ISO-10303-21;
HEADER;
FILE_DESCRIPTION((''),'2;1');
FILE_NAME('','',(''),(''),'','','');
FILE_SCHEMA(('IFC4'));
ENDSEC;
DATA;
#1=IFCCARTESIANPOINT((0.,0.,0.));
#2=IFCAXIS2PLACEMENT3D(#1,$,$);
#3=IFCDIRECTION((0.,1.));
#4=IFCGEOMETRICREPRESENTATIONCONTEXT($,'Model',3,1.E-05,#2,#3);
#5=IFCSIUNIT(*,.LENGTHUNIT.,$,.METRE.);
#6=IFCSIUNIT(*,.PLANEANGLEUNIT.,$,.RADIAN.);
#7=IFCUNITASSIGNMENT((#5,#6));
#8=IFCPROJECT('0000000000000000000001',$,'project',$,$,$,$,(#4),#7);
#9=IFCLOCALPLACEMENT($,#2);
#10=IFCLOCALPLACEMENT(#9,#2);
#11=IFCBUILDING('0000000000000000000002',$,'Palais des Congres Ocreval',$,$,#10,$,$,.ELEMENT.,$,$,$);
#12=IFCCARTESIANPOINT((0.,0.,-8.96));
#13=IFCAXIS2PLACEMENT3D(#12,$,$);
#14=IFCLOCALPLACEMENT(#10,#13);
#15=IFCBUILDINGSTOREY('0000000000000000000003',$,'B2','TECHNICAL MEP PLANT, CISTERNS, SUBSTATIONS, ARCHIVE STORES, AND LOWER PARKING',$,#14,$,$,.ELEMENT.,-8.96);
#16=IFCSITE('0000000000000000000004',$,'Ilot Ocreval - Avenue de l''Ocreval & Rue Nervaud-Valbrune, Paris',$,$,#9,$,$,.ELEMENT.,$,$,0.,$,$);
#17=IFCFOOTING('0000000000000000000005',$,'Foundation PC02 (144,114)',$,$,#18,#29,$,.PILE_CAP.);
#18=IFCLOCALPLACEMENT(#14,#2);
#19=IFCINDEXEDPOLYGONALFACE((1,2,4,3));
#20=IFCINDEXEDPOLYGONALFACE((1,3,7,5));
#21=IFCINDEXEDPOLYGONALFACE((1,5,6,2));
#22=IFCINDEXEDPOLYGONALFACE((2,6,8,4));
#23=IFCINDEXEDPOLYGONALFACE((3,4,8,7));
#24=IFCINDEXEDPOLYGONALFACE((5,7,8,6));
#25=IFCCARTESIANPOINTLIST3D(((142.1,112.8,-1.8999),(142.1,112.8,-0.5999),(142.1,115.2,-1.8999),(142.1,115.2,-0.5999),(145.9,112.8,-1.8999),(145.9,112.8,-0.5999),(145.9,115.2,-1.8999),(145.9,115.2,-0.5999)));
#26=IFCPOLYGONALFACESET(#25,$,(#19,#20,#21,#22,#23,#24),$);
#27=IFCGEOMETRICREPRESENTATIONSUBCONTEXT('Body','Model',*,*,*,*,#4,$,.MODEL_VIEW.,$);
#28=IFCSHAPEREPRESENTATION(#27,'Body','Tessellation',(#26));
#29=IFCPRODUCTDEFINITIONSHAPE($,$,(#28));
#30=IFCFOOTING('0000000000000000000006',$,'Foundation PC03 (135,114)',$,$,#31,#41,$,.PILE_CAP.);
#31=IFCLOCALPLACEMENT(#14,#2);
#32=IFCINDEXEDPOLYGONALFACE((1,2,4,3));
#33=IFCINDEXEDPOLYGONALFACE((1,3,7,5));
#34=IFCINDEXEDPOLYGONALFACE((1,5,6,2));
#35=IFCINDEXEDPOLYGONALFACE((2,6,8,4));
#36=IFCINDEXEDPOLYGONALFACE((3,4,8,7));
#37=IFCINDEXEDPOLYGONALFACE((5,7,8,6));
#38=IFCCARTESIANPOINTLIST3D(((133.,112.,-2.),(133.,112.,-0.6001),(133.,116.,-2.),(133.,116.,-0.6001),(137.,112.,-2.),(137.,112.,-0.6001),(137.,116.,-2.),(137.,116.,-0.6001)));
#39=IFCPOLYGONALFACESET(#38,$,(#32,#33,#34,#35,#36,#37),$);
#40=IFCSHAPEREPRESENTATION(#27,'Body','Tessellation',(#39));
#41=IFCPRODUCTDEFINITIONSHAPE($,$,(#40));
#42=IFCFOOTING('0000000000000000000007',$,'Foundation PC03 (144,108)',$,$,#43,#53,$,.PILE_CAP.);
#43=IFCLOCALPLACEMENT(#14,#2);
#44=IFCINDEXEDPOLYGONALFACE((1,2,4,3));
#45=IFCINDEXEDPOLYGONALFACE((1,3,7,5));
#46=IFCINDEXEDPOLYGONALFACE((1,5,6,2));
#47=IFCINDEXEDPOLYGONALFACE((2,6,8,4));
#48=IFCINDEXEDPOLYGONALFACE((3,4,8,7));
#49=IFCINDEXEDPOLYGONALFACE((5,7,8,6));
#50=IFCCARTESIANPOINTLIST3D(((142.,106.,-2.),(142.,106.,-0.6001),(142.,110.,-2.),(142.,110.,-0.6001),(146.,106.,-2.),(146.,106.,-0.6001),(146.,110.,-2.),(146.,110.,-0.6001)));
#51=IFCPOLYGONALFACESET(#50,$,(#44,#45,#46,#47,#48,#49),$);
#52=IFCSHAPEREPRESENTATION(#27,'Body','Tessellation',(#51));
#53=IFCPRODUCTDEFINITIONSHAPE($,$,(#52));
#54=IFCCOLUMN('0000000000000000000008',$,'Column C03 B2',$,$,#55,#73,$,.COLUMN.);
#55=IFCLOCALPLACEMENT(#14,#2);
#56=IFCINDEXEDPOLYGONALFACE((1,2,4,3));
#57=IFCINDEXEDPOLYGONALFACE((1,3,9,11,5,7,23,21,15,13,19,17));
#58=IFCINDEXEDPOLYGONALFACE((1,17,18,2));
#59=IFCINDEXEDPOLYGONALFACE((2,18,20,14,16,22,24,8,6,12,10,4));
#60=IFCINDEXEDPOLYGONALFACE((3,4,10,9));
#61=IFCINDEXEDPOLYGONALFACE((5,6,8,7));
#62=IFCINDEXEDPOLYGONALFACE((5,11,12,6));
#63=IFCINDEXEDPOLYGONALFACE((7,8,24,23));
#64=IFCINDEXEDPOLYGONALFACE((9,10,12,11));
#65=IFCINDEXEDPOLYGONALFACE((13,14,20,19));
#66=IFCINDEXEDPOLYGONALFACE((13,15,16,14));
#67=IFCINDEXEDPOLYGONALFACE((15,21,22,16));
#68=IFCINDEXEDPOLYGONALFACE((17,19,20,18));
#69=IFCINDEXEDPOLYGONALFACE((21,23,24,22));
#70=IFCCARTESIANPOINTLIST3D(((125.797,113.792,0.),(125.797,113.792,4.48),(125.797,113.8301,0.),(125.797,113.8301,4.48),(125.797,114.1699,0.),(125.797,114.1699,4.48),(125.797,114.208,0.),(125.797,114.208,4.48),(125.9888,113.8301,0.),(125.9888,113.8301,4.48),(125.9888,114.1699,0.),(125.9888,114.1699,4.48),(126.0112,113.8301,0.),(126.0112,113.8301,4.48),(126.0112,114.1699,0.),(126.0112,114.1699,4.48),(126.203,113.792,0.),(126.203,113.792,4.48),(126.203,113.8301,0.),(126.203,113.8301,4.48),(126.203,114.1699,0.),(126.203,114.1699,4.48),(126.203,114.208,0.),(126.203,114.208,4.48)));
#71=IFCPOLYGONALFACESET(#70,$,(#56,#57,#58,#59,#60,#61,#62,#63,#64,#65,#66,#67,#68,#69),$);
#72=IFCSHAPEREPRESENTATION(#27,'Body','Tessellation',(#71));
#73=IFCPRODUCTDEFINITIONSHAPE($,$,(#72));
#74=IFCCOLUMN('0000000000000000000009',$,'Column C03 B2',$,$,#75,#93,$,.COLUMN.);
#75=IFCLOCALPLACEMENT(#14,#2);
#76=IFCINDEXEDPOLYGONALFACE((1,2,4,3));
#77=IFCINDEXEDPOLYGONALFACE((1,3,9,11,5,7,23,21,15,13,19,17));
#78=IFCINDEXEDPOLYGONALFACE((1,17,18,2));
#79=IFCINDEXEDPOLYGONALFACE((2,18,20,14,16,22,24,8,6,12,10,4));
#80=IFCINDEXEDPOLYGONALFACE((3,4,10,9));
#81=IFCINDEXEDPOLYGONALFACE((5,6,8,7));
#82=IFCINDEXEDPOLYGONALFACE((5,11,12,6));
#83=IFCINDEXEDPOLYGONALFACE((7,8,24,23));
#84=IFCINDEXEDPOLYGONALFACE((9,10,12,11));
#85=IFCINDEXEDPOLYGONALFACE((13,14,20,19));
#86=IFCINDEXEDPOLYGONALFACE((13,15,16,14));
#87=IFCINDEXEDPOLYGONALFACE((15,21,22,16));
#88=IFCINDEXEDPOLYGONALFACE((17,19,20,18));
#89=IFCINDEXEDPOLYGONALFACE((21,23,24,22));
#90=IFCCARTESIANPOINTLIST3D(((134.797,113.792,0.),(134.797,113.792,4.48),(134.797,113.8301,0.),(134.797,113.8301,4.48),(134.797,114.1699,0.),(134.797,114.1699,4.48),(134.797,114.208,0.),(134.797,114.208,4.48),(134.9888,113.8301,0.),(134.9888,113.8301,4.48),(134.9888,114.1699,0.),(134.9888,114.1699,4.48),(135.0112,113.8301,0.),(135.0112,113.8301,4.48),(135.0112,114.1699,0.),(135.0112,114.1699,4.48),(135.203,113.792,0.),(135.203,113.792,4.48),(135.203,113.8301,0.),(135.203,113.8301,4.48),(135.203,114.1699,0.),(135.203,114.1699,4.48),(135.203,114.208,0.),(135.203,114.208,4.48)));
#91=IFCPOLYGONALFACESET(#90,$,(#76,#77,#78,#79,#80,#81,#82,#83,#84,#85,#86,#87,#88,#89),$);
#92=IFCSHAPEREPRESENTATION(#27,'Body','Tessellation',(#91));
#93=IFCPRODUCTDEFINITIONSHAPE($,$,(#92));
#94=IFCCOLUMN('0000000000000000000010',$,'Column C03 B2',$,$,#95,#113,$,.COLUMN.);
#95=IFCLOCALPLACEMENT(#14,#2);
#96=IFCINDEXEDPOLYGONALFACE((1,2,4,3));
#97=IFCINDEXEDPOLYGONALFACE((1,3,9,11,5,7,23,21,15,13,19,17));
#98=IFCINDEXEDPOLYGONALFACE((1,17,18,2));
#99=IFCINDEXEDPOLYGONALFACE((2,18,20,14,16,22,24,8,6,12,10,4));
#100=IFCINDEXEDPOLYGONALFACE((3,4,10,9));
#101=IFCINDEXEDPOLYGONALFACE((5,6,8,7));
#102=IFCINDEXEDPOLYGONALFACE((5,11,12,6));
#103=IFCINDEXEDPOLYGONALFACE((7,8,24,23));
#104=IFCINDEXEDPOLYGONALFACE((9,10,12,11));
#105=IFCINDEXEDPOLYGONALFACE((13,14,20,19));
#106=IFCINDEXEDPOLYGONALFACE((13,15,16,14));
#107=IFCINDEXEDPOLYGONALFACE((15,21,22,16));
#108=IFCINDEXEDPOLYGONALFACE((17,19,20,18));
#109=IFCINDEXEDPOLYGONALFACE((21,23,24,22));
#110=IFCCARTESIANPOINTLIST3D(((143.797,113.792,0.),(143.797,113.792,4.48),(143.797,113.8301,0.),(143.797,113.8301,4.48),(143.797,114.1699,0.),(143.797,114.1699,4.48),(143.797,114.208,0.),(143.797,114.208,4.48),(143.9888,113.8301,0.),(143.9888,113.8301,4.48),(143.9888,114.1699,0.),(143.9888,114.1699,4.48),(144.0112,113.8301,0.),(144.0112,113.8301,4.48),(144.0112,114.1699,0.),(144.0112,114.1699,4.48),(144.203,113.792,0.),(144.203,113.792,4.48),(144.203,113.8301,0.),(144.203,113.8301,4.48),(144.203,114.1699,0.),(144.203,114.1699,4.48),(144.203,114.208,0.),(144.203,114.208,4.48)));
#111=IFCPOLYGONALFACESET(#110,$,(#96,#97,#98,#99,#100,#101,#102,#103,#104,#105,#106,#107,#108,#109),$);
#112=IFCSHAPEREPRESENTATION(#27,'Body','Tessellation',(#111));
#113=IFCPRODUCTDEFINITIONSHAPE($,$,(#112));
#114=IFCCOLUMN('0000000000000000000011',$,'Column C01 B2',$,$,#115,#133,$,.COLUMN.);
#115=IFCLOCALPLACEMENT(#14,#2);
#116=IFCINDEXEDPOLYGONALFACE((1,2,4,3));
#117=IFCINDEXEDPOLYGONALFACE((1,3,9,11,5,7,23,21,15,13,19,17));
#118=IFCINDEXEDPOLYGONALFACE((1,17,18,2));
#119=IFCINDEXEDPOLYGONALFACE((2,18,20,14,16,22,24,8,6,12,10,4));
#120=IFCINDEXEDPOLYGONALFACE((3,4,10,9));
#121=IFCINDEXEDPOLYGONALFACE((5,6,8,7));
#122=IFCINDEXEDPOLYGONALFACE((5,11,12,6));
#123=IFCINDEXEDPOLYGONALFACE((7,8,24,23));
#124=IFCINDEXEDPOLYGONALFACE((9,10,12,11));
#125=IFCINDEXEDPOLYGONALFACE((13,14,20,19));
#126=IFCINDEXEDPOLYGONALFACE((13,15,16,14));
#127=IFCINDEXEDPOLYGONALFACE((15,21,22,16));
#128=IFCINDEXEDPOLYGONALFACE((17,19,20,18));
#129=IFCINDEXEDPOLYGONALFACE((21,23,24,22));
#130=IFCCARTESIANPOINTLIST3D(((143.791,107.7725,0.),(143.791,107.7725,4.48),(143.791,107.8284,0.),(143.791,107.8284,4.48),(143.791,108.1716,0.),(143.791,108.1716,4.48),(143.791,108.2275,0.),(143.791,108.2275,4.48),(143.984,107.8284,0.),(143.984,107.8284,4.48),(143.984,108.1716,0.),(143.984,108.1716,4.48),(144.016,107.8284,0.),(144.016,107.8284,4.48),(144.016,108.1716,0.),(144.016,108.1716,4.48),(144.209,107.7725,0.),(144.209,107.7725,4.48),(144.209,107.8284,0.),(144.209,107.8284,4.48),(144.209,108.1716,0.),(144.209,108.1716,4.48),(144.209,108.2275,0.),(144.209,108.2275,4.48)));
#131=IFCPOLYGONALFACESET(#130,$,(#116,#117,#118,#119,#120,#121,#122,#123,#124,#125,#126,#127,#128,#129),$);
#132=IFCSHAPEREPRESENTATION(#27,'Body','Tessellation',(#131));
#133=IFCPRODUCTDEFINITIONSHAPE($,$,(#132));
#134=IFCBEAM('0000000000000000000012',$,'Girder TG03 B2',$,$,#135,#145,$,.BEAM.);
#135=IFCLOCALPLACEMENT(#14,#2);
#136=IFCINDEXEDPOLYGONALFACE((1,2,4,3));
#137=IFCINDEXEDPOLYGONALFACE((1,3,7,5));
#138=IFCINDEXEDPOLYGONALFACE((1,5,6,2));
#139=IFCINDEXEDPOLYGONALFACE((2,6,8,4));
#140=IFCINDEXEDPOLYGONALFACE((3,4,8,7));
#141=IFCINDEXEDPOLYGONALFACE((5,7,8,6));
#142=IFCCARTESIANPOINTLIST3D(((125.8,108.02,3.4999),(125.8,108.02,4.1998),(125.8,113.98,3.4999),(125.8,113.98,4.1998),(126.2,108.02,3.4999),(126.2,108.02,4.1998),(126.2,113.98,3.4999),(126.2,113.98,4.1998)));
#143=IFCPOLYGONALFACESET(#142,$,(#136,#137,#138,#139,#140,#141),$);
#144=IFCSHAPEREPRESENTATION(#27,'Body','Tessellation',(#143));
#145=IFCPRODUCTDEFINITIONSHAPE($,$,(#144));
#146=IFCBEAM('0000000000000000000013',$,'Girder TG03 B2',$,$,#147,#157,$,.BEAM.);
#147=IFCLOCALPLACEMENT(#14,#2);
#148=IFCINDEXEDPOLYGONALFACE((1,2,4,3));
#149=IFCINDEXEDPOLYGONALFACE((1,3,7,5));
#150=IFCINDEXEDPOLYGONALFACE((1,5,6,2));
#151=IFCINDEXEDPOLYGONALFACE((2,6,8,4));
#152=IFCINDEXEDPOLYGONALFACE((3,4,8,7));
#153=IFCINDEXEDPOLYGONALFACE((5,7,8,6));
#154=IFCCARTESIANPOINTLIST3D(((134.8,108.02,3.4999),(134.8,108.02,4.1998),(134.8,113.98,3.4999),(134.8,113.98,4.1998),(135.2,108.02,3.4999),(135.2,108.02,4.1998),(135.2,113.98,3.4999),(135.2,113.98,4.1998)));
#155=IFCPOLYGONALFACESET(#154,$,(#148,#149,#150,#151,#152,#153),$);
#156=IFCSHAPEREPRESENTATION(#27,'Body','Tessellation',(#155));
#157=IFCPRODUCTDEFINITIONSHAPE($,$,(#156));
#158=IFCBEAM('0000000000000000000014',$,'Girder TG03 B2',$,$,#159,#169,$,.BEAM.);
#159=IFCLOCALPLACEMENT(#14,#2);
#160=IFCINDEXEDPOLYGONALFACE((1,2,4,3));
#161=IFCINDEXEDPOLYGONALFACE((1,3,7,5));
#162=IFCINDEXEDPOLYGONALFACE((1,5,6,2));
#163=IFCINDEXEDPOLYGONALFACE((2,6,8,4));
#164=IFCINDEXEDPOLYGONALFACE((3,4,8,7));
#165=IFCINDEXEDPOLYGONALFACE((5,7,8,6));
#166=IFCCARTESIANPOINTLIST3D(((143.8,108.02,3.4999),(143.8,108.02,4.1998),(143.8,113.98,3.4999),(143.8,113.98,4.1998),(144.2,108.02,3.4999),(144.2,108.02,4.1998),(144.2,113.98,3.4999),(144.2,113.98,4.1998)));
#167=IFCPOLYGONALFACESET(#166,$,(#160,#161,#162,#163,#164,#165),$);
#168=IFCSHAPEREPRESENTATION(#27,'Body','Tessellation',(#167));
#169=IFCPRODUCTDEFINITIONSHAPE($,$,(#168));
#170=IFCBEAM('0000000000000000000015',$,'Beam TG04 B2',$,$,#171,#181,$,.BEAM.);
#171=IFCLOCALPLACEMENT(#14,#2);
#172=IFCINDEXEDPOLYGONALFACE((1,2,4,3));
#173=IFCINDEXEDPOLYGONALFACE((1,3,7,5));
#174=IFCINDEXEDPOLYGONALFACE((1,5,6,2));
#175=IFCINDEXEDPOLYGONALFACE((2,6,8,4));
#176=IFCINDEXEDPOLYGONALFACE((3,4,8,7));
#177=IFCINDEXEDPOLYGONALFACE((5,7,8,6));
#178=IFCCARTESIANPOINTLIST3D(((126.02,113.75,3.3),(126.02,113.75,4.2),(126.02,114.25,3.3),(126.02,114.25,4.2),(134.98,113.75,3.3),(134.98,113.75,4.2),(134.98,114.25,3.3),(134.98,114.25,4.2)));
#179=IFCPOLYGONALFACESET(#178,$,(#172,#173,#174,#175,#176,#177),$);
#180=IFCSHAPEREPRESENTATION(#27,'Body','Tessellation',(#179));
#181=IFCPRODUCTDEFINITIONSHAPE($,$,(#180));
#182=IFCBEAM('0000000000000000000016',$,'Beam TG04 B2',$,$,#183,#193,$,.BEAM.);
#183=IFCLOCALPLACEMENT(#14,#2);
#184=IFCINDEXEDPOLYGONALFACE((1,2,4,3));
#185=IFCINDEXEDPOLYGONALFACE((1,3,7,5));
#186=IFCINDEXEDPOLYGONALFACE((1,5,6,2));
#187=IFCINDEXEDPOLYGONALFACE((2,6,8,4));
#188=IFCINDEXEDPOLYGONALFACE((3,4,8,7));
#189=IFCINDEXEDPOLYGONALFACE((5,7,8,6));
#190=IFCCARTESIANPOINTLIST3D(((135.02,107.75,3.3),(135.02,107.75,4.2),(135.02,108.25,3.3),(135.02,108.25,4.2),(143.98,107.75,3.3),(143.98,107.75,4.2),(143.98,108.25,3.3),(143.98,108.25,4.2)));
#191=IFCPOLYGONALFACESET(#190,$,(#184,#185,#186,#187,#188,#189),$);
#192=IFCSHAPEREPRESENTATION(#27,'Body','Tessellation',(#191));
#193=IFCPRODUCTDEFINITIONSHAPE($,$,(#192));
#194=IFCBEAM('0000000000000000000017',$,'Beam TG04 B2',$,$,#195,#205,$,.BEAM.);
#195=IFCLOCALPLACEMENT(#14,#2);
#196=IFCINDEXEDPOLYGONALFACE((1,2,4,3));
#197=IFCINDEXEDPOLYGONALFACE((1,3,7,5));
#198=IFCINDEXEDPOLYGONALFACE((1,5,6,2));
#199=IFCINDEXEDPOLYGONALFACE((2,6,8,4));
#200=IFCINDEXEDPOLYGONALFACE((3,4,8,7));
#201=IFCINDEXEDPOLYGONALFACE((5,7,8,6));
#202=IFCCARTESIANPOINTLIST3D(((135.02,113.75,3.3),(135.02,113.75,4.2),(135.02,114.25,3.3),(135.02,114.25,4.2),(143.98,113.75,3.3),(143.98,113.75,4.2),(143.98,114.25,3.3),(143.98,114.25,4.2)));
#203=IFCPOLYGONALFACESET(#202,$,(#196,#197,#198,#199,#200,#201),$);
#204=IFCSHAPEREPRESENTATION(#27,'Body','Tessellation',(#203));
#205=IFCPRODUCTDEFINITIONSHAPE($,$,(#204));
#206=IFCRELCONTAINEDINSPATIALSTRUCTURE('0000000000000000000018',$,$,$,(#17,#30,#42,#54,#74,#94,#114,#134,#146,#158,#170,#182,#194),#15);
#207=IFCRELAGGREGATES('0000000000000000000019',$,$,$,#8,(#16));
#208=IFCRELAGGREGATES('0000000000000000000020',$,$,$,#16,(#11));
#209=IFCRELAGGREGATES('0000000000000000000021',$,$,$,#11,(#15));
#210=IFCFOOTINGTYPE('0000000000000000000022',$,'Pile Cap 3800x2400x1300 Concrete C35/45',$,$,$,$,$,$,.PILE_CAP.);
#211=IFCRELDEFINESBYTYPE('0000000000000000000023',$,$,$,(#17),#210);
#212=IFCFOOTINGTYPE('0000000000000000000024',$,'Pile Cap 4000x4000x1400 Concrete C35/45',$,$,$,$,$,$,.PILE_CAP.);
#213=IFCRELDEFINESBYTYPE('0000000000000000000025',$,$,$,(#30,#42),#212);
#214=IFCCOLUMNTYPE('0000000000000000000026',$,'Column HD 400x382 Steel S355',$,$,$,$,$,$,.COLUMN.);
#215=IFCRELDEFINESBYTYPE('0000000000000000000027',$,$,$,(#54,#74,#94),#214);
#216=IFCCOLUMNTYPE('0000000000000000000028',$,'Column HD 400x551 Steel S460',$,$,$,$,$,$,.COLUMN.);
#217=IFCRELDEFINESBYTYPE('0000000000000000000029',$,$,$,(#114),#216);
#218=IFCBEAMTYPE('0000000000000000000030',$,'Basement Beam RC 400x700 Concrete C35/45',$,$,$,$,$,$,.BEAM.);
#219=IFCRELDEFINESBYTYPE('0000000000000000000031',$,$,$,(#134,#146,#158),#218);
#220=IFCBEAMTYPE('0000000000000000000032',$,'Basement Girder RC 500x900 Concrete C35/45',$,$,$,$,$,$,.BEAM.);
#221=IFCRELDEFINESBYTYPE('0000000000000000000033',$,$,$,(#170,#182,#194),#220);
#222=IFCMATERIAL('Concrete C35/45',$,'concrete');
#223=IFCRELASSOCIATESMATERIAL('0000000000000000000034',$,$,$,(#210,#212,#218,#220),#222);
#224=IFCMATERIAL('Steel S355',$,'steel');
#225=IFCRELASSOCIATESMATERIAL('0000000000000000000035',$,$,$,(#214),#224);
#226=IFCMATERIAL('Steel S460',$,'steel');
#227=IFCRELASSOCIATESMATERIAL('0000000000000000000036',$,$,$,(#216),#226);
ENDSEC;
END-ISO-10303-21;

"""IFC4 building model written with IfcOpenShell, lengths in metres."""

from ifc_helpers import new_model, si_unit, direction, frame, origin, origin_2d, place, context, subcontext, project, spatial, rectangle, i_section, extrude, material, material_profile, profile_set, type_object, element, save


model = new_model("IFC4")

# Units and contexts
model_context = context("Model", 3, precision=1e-05, world=origin(), true_north=direction((0.0, 1.0)))
body_context = subcontext(model_context, "Body", "Model", "MODEL_VIEW")
ifc_project = project(units=[si_unit("LENGTHUNIT", "METRE"), si_unit("PLANEANGLEUNIT", "RADIAN")], contexts=[model_context])

# Site, building, storey
site_placement = place(None, origin())
site = spatial("IfcSite", under=ifc_project, at=site_placement, Name="Ilot Ocreval - Avenue de l'Ocreval & Rue Nervaud-Valbrune, Paris", CompositionType="ELEMENT", RefElevation=0.0)
building_placement = place(site_placement, origin())
building = spatial("IfcBuilding", under=site, at=building_placement, Name="Palais des Congres Ocreval", CompositionType="ELEMENT")
storey_placement = place(building_placement, frame((0.0, 0.0, -8.96)))
storey = spatial("IfcBuildingStorey", under=building, at=storey_placement, Name="B2", Description="TECHNICAL MEP PLANT, CISTERNS, SUBSTATIONS, ARCHIVE STORES, AND LOWER PARKING", CompositionType="ELEMENT", Elevation=-8.96)

# Shared definitions
ifc_material_1 = material(Name="Concrete C35/45", Category="concrete")

# Footings
footing_type_1 = type_object("IfcFootingType", Name="Pile Cap 3800x2400x1300 Concrete C35/45", PredefinedType="PILE_CAP", material=ifc_material_1)
footing_1_placement = place(storey_placement, frame((144.0, 114.0, -1.8999), z_axis=(0.0, 0.0, 1.0), x_axis=(1.0, 0.0, 0.0)))
element("IfcFooting", 1, at=footing_1_placement, inside=storey, type_object=footing_type_1, Name="Foundation PC02 (144,114)", PredefinedType="PILE_CAP", context=body_context, shape_type="SweptSolid", body=[
    extrude(rectangle(XDim=3.8, YDim=2.3999, at=origin_2d()), origin(), (0.0, 0.0, 1.0), 1.3),
])
footing_type_2 = type_object("IfcFootingType", Name="Pile Cap 4000x4000x1400 Concrete C35/45", PredefinedType="PILE_CAP", material=ifc_material_1)
for number, where, z_axis, x_axis, name in (
    (2, (135.0, 114.0, -2.0), (0.0, 0.0, 1.0), (1.0, 0.0, 0.0), "Foundation PC03 (135,114)"),
    (3, (144.0, 108.0, -2.0), (0.0, 0.0, 1.0), (1.0, 0.0, 0.0), "Foundation PC03 (144,108)"),
):
    element("IfcFooting", number, at=place(storey_placement, frame(where, z_axis=z_axis, x_axis=x_axis)), inside=storey, type_object=footing_type_2, Name=name, PredefinedType="PILE_CAP", context=body_context, shape_type="SweptSolid", body=[
        extrude(rectangle(XDim=4.0, YDim=4.0, at=origin_2d()), origin(), (0.0, 0.0, 1.0), 1.3999),
    ])

# Columns
ifc_material_2 = material(Name="Steel S355", Category="steel")
ifc_material_profile_1 = material_profile(ifc_material_2, i_section(OverallWidth=0.406, OverallDepth=0.416, WebThickness=0.0225, FlangeThickness=0.0381, at=origin_2d()), Name="HD 400x382")
ifc_profile_set_1 = profile_set([ifc_material_profile_1], Name="Steel S355")
column_type_1 = type_object("IfcColumnType", Name="Column HD 400x382 Steel S355", PredefinedType="COLUMN", material=ifc_profile_set_1)
for number, where, z_axis, x_axis, name in (
    (4, (126.0, 114.0, 0.0), (0.0, 0.0, 1.0), (1.0, 0.0, 0.0), "Column C03 B2"),
    (5, (135.0, 114.0, 0.0), (0.0, 0.0, 1.0), (1.0, 0.0, 0.0), "Column C03 B2"),
    (6, (144.0, 114.0, 0.0), (0.0, 0.0, 1.0), (1.0, 0.0, 0.0), "Column C03 B2"),
):
    element("IfcColumn", number, at=place(storey_placement, frame(where, z_axis=z_axis, x_axis=x_axis)), inside=storey, type_object=column_type_1, Name=name, PredefinedType="COLUMN", context=body_context, shape_type="SweptSolid", body=[
        extrude(i_section(OverallWidth=0.406, OverallDepth=0.416, WebThickness=0.0225, FlangeThickness=0.0381, at=origin_2d()), origin(), (0.0, 0.0, 1.0), 4.48),
    ])
ifc_material_3 = material(Name="Steel S460", Category="steel")
ifc_material_profile_2 = material_profile(ifc_material_3, i_section(OverallWidth=0.418, OverallDepth=0.4551, WebThickness=0.032, FlangeThickness=0.0559, at=origin_2d()), Name="HD 400x551")
ifc_profile_set_2 = profile_set([ifc_material_profile_2], Name="Steel S460")
column_type_2 = type_object("IfcColumnType", Name="Column HD 400x551 Steel S460", PredefinedType="COLUMN", material=ifc_profile_set_2)
column_placement = place(storey_placement, frame((144.0, 108.0, 0.0), z_axis=(0.0, 0.0, 1.0), x_axis=(1.0, 0.0, 0.0)))
element("IfcColumn", 7, at=column_placement, inside=storey, type_object=column_type_2, Name="Column C01 B2", PredefinedType="COLUMN", context=body_context, shape_type="SweptSolid", body=[
    extrude(i_section(OverallWidth=0.418, OverallDepth=0.4551, WebThickness=0.032, FlangeThickness=0.0559, at=origin_2d()), origin(), (0.0, 0.0, 1.0), 4.48),
])

# Beams
ifc_material_profile_3 = material_profile(ifc_material_1, rectangle(XDim=0.3999, YDim=0.7, at=origin_2d()), Name="RC 400x700")
ifc_profile_set_3 = profile_set([ifc_material_profile_3], Name="Concrete C35/45")
beam_type_1 = type_object("IfcBeamType", Name="Basement Beam RC 400x700 Concrete C35/45", PredefinedType="BEAM", material=ifc_profile_set_3)
for number, where, z_axis, x_axis, name in (
    (8, (126.0, 108.02, 3.8499), (0.0, 1.0, 0.0), (-1.0, 0.0, 0.0), "Girder TG03 B2"),
    (9, (135.0, 108.02, 3.8499), (0.0, 1.0, 0.0), (-1.0, 0.0, 0.0), "Girder TG03 B2"),
    (10, (144.0, 108.02, 3.8499), (0.0, 1.0, 0.0), (-1.0, 0.0, 0.0), "Girder TG03 B2"),
):
    element("IfcBeam", number, at=place(storey_placement, frame(where, z_axis=z_axis, x_axis=x_axis)), inside=storey, type_object=beam_type_1, Name=name, PredefinedType="BEAM", context=body_context, shape_type="SweptSolid", body=[
        extrude(rectangle(XDim=0.3999, YDim=0.7, at=origin_2d()), origin(), (0.0, 0.0, 1.0), 5.96),
    ])
ifc_material_profile_4 = material_profile(ifc_material_1, rectangle(XDim=0.5, YDim=0.8999, at=origin_2d()), Name="RC 500x900")
ifc_profile_set_4 = profile_set([ifc_material_profile_4], Name="Concrete C35/45")
beam_type_2 = type_object("IfcBeamType", Name="Basement Girder RC 500x900 Concrete C35/45", PredefinedType="BEAM", material=ifc_profile_set_4)
for number, where, z_axis, x_axis, name in (
    (11, (126.02, 114.0, 3.75), (1.0, 0.0, 0.0), (0.0, 1.0, 0.0), "Beam TG04 B2"),
    (12, (135.02, 108.0, 3.75), (1.0, 0.0, 0.0), (0.0, 1.0, 0.0), "Beam TG04 B2"),
    (13, (135.02, 114.0, 3.75), (1.0, 0.0, 0.0), (0.0, 1.0, 0.0), "Beam TG04 B2"),
):
    element("IfcBeam", number, at=place(storey_placement, frame(where, z_axis=z_axis, x_axis=x_axis)), inside=storey, type_object=beam_type_2, Name=name, PredefinedType="BEAM", context=body_context, shape_type="SweptSolid", body=[
        extrude(rectangle(XDim=0.5, YDim=0.8999, at=origin_2d()), origin(), (0.0, 0.0, 1.0), 8.96),
    ])

save(model, "model.ifc")
